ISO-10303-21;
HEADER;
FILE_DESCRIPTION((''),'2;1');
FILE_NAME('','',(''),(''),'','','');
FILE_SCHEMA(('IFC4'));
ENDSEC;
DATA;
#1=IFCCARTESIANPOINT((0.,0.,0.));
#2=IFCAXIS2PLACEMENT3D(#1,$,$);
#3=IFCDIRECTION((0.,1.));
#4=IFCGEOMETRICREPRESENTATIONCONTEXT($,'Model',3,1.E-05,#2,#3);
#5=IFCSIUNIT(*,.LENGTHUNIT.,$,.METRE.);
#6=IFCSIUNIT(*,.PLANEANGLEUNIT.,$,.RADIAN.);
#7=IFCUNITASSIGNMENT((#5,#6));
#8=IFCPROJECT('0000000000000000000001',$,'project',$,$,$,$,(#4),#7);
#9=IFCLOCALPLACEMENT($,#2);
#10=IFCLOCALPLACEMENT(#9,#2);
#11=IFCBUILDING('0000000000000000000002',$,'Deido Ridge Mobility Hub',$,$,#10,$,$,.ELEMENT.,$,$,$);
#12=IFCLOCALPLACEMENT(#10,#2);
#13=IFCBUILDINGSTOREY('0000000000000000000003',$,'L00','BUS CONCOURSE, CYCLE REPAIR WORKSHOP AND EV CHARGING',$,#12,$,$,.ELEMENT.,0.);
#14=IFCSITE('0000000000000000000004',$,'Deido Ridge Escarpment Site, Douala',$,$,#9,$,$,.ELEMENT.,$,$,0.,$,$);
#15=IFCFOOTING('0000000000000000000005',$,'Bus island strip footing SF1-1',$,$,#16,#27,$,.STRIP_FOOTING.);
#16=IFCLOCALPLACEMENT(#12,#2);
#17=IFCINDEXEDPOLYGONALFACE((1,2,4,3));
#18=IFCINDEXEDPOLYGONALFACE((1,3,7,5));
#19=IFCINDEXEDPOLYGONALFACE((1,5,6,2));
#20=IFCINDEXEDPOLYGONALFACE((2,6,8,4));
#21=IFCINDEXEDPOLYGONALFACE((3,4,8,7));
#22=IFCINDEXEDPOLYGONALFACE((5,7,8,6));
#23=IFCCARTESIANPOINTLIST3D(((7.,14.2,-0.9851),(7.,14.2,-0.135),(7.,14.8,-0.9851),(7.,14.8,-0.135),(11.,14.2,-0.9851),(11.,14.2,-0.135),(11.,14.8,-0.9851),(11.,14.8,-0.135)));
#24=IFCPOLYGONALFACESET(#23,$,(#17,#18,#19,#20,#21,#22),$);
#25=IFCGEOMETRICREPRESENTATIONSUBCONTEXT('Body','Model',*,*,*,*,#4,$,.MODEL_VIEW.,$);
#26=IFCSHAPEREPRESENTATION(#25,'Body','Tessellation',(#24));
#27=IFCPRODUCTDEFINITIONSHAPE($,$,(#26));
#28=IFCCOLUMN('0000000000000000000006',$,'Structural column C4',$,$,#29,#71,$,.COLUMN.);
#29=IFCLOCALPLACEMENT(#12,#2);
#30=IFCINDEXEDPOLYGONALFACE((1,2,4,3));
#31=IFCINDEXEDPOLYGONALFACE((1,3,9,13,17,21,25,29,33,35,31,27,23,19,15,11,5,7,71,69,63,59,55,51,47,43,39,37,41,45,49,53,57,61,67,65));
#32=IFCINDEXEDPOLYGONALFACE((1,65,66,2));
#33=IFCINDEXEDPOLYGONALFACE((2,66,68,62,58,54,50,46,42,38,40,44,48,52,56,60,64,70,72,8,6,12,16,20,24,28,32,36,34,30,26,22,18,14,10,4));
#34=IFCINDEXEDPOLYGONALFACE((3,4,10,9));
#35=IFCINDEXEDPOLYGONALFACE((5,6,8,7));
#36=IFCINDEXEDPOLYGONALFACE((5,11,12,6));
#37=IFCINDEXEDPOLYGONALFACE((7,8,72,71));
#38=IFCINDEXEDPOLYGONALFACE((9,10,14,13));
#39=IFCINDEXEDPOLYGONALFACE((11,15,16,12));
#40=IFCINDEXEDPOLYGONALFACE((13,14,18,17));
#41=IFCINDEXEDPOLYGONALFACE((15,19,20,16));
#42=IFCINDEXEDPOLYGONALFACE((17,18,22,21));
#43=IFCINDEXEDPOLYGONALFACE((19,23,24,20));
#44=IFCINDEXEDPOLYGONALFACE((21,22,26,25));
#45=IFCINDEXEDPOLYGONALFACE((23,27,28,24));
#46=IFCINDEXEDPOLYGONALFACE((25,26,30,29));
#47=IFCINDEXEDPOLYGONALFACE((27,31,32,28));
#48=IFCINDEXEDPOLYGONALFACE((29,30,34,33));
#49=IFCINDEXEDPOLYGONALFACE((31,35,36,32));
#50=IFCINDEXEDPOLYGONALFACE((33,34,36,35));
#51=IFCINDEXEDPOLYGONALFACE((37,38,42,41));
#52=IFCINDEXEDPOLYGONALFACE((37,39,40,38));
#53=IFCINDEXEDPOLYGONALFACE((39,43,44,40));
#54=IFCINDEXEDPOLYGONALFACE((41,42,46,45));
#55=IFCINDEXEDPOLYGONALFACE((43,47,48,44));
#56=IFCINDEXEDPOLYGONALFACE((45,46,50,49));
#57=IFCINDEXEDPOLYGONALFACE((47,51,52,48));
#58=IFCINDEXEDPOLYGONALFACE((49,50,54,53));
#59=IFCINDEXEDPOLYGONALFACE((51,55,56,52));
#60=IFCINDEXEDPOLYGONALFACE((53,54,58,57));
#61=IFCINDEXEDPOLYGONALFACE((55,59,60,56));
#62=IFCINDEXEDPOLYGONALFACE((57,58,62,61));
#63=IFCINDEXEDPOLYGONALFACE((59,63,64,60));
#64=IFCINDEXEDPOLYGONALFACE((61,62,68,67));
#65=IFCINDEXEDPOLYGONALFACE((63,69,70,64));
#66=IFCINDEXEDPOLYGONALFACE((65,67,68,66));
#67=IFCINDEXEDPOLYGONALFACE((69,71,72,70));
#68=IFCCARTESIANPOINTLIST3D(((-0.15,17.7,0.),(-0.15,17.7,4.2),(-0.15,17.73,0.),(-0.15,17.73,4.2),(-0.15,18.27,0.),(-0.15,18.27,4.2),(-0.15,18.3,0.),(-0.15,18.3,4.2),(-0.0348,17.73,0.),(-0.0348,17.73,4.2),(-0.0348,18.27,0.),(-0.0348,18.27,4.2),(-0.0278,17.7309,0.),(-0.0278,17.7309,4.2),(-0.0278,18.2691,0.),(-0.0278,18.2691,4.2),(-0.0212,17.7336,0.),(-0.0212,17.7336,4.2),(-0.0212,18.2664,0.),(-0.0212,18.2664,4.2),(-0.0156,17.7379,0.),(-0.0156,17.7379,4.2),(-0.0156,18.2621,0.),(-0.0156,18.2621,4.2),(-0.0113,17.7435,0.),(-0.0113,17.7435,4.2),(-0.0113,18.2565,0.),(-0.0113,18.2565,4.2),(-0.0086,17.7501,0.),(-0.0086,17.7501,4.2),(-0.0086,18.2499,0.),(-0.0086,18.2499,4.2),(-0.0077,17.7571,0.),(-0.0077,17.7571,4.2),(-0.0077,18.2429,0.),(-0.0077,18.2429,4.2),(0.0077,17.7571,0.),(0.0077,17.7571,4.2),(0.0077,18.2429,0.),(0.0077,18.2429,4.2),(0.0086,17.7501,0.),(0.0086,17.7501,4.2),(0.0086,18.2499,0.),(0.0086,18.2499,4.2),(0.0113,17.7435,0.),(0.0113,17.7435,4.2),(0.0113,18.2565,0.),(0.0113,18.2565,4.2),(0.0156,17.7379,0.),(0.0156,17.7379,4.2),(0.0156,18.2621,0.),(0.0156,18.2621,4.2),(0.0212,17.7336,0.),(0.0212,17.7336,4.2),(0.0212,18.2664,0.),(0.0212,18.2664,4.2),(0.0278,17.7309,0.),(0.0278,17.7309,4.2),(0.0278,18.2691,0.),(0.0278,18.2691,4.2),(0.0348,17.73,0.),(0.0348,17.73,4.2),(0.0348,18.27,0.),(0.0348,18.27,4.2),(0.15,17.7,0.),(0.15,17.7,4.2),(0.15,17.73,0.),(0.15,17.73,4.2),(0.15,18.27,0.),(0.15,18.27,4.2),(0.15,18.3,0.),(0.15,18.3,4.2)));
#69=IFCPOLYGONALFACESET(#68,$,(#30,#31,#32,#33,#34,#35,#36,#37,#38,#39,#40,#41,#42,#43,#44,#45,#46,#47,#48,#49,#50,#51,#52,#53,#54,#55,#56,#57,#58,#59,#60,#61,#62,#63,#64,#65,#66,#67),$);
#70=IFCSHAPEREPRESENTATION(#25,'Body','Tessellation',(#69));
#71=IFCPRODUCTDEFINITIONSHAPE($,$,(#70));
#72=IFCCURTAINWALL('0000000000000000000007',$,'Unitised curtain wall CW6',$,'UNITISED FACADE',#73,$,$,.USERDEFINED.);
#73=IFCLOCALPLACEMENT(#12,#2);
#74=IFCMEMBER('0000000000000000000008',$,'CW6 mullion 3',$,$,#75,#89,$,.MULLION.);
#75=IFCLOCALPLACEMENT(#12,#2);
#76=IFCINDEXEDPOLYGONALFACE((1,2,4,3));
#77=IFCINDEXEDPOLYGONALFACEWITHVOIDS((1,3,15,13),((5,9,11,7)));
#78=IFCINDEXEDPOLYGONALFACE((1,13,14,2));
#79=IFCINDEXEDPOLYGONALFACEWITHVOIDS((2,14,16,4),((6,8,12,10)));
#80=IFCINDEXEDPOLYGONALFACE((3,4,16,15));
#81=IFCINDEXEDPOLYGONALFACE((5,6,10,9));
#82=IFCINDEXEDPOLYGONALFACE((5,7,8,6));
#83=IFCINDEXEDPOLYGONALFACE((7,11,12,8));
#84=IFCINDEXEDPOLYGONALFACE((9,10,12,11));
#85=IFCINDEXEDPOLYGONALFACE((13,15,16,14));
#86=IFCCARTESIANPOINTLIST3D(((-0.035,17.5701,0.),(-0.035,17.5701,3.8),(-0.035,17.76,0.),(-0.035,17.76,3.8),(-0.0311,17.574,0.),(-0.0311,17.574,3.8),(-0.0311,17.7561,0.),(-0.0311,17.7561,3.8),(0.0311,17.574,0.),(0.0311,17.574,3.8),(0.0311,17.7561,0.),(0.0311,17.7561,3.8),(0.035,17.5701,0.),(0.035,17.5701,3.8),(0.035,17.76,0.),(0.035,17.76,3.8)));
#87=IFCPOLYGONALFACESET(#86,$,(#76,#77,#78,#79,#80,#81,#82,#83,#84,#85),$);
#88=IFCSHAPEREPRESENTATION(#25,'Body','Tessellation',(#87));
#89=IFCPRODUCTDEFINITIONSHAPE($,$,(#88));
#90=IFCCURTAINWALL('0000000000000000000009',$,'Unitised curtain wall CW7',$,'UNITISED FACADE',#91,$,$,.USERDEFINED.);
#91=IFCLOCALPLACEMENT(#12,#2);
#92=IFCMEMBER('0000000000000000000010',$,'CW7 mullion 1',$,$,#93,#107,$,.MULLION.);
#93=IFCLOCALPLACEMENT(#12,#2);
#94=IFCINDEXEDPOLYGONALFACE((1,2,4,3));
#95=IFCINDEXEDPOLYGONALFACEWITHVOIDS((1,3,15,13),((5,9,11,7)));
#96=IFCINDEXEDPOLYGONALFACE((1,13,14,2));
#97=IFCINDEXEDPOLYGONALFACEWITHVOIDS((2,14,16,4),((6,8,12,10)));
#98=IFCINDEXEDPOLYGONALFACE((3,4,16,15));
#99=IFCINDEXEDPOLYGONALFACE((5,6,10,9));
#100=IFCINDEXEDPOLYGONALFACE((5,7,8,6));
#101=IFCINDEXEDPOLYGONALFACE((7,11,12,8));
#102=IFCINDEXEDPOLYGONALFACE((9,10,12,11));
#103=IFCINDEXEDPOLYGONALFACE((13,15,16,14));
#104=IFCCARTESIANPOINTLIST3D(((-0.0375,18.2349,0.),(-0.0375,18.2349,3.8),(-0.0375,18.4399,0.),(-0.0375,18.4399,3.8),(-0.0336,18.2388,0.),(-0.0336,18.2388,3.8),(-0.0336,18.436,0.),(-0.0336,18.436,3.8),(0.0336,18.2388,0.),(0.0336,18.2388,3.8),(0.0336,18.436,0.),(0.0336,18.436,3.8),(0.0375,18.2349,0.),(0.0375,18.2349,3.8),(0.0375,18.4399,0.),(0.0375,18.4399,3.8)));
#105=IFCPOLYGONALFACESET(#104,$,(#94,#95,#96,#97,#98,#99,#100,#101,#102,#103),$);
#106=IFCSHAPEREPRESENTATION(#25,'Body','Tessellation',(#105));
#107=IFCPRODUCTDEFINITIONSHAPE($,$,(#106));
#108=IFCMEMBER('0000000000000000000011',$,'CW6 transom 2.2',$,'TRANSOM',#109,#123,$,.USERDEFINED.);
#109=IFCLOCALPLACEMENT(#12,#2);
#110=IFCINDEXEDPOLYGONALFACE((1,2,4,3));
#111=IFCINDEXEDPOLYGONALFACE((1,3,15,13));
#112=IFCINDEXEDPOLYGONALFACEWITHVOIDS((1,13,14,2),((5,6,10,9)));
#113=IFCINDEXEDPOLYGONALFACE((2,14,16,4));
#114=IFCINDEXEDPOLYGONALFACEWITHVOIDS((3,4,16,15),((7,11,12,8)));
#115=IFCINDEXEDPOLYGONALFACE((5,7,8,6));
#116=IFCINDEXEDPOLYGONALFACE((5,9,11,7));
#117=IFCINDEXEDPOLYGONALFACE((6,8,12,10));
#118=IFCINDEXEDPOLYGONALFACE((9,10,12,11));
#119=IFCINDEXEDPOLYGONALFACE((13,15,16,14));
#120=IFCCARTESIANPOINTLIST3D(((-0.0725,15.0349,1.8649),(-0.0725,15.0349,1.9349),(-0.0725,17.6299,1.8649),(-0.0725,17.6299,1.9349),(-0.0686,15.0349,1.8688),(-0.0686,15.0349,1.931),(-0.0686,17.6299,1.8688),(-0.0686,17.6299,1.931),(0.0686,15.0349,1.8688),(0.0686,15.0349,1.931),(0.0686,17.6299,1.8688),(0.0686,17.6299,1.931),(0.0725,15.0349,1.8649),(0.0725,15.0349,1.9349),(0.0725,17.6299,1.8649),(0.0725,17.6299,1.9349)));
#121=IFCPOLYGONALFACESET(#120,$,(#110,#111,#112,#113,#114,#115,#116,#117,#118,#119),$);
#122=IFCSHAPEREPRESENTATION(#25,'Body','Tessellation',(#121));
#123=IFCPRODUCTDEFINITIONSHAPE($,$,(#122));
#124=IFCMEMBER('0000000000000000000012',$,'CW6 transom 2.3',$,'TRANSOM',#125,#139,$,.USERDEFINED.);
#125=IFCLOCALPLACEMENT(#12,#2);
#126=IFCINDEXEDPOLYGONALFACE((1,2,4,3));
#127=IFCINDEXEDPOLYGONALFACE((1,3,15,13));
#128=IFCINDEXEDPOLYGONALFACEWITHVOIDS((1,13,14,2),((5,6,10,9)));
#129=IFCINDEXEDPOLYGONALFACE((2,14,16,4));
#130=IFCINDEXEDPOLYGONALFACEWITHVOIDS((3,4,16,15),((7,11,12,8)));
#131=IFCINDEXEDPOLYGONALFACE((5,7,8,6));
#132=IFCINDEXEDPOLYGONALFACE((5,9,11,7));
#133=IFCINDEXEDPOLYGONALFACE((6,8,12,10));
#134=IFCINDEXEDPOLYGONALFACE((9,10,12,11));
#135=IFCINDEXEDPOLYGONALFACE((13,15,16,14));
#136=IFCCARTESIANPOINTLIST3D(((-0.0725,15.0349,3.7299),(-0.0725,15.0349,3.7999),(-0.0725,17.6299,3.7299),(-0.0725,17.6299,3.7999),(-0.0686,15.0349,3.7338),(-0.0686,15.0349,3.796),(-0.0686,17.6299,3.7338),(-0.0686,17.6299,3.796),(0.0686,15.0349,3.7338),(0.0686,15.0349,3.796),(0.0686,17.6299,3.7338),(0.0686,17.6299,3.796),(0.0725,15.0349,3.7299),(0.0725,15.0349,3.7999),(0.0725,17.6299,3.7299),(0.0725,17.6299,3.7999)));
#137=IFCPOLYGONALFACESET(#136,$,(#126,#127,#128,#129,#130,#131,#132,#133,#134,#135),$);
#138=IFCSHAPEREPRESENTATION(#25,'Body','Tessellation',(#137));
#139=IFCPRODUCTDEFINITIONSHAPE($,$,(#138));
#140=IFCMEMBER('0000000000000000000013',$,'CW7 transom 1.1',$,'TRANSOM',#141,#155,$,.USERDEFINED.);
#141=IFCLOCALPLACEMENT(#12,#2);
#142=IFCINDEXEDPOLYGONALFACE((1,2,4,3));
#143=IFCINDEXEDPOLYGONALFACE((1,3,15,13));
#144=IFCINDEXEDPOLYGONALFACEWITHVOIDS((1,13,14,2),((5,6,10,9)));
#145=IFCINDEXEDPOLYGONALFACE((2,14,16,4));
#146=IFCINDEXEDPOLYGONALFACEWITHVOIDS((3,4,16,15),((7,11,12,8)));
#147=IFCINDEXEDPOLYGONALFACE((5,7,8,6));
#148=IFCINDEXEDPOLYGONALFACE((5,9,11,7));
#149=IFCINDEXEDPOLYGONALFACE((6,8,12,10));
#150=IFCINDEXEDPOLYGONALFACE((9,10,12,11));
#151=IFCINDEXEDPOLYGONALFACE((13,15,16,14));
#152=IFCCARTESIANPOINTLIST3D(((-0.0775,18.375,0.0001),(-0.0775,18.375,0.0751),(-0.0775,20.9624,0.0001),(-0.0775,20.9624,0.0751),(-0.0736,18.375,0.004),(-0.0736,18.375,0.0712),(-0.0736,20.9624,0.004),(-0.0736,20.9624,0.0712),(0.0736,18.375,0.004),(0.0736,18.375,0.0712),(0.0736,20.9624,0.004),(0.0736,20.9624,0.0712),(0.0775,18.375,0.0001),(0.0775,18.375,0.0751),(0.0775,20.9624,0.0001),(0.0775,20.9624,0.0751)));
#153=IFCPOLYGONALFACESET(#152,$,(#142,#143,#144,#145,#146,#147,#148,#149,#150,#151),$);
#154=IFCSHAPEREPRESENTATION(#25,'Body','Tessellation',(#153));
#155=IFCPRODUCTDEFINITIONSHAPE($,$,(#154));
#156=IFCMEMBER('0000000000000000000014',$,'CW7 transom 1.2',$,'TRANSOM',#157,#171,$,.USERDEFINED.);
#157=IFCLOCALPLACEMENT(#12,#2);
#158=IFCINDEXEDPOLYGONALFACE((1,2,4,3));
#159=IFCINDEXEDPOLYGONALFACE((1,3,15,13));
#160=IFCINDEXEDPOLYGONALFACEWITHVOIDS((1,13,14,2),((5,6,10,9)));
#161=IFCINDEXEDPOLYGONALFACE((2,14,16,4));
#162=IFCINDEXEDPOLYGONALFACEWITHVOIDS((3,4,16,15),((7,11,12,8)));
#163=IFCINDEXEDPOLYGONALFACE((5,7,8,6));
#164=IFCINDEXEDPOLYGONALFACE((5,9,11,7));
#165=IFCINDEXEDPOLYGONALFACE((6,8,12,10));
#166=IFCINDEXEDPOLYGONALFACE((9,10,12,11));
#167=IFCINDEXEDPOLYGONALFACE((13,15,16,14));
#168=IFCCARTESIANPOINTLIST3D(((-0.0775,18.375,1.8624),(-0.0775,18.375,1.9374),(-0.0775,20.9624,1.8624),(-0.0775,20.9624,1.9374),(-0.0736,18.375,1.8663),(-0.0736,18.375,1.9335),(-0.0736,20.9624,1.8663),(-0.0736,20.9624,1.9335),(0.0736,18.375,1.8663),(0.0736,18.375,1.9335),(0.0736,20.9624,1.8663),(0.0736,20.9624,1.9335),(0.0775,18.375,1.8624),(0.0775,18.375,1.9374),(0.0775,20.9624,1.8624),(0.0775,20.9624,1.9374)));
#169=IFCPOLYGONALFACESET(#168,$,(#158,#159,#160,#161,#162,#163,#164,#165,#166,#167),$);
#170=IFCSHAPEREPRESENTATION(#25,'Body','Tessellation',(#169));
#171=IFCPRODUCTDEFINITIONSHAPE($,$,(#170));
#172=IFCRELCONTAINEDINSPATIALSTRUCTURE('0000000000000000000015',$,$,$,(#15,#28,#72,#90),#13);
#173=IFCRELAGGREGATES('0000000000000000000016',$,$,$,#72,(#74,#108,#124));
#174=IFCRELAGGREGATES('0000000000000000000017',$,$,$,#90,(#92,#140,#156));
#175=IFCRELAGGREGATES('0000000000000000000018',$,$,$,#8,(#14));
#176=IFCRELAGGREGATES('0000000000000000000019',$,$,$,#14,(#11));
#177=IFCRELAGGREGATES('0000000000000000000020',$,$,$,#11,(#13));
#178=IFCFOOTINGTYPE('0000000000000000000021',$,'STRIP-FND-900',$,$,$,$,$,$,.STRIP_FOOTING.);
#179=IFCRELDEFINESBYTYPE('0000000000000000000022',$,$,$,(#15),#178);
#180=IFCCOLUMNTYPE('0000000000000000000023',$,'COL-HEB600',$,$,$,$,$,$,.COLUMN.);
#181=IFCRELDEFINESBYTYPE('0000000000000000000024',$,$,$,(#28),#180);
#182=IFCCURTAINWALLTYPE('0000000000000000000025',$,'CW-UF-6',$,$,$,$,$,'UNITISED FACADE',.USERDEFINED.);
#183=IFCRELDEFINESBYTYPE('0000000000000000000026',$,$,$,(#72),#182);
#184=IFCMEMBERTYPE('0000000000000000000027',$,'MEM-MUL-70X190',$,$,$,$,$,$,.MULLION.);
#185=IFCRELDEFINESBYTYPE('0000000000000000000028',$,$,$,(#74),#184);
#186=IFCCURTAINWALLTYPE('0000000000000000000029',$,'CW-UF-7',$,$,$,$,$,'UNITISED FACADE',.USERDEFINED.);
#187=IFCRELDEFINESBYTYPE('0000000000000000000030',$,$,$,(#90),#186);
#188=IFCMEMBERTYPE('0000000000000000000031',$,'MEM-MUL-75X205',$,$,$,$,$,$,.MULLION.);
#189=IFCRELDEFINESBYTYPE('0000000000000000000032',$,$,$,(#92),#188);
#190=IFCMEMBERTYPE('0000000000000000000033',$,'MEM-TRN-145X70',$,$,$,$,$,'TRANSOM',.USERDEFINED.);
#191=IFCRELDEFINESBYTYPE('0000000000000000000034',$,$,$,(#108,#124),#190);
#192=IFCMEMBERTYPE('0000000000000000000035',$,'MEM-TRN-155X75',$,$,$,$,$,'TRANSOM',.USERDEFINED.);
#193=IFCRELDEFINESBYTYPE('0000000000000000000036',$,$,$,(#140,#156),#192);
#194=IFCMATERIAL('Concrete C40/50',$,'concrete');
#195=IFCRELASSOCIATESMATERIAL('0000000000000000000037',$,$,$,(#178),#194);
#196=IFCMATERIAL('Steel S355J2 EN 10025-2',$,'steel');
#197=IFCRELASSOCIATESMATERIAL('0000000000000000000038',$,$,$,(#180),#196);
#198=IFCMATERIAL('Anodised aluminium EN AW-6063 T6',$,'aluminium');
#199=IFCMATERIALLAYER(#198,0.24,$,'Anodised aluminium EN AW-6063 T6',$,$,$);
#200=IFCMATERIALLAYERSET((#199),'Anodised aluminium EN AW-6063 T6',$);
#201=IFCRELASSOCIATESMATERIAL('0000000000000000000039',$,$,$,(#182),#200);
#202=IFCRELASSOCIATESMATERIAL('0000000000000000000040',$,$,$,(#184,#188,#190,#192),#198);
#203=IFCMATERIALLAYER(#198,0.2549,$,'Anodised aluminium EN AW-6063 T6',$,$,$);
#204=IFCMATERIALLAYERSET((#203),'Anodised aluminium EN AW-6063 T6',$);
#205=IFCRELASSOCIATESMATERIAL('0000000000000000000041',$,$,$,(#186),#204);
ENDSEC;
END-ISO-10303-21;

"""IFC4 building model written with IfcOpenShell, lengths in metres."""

from ifc_helpers import new_model, si_unit, direction, frame, origin, origin_2d, place, context, subcontext, project, spatial, rectangle, hollow_rectangle, i_section, extrude, material, layer, layer_set, material_profile, profile_set, type_object, element, aggregate, save


model = new_model("IFC4")

# Units and contexts
model_context = context("Model", 3, precision=1e-05, world=origin(), true_north=direction((0.0, 1.0)))
body_context = subcontext(model_context, "Body", "Model", "MODEL_VIEW")
ifc_project = project(units=[si_unit("LENGTHUNIT", "METRE"), si_unit("PLANEANGLEUNIT", "RADIAN")], contexts=[model_context])

# Site, building, storey
site_placement = place(None, origin())
site = spatial("IfcSite", under=ifc_project, at=site_placement, Name="Deido Ridge Escarpment Site, Douala", CompositionType="ELEMENT", RefElevation=0.0)
building_placement = place(site_placement, origin())
building = spatial("IfcBuilding", under=site, at=building_placement, Name="Deido Ridge Mobility Hub", CompositionType="ELEMENT")
storey_placement = place(building_placement, origin())
storey = spatial("IfcBuildingStorey", under=building, at=storey_placement, Name="L00", Description="BUS CONCOURSE, CYCLE REPAIR WORKSHOP AND EV CHARGING", CompositionType="ELEMENT", Elevation=0.0)

# Footing
ifc_material_1 = material(Name="Concrete C40/50", Category="concrete")
ifc_material_profile_1 = material_profile(ifc_material_1, rectangle(XDim=0.6001, YDim=0.8501, at=origin_2d()), Name="RC GB 600x850")
ifc_profile_set_1 = profile_set([ifc_material_profile_1], Name="Concrete C40/50")
footing_type = type_object("IfcFootingType", Name="STRIP-FND-900", PredefinedType="STRIP_FOOTING", material=ifc_profile_set_1)
footing_placement = place(storey_placement, frame((7.0, 14.5, -0.5601), z_axis=(1.0, 0.0, 0.0), x_axis=(0.0, 1.0, 0.0)))
element("IfcFooting", 1, at=footing_placement, inside=storey, type_object=footing_type, Name="Bus island strip footing SF1-1", PredefinedType="STRIP_FOOTING", context=body_context, shape_type="SweptSolid", body=[
    extrude(rectangle(XDim=0.6001, YDim=0.8501, at=origin_2d()), origin(), (0.0, 0.0, 1.0), 4.0),
])

# Column
ifc_material_2 = material(Name="Steel S355J2 EN 10025-2", Category="steel")
ifc_material_profile_2 = material_profile(ifc_material_2, i_section(OverallWidth=0.3, OverallDepth=0.6001, WebThickness=0.0154, FlangeThickness=0.03, FilletRadius=0.0271, at=origin_2d()), Name="HEB 600")
ifc_profile_set_2 = profile_set([ifc_material_profile_2], Name="Steel S355J2 EN 10025-2")
column_type = type_object("IfcColumnType", Name="COL-HEB600", PredefinedType="COLUMN", material=ifc_profile_set_2)
column_placement = place(storey_placement, frame((0.0, 18.0, 0.0), z_axis=(0.0, 0.0, 1.0), x_axis=(1.0, 0.0, 0.0)))
element("IfcColumn", 2, at=column_placement, inside=storey, type_object=column_type, Name="Structural column C4", PredefinedType="COLUMN", context=body_context, shape_type="SweptSolid", body=[
    extrude(i_section(OverallWidth=0.3, OverallDepth=0.6001, WebThickness=0.0154, FlangeThickness=0.03, FilletRadius=0.0271, at=origin_2d()), origin(), (0.0, 0.0, 1.0), 4.2),
])

# Curtain walls, members
ifc_material_3 = material(Name="Anodised aluminium EN AW-6063 T6", Category="aluminium")
ifc_layer_1 = layer(ifc_material_3, 0.24, Name="Anodised aluminium EN AW-6063 T6")
ifc_layer_set_1 = layer_set([ifc_layer_1], Name="Anodised aluminium EN AW-6063 T6")
curtain_wall_type_1 = type_object("IfcCurtainWallType", Name="CW-UF-6", ElementType="UNITISED FACADE", PredefinedType="USERDEFINED", material=ifc_layer_set_1)
curtain_wall_1_placement = place(storey_placement, origin())
curtain_wall_1 = element("IfcCurtainWall", 3, at=curtain_wall_1_placement, inside=storey, type_object=curtain_wall_type_1, Name="Unitised curtain wall CW6", ObjectType="UNITISED FACADE", PredefinedType="USERDEFINED")
ifc_material_profile_3 = material_profile(ifc_material_3, hollow_rectangle(XDim=0.0701, YDim=0.1899, WallThickness=0.0039, at=origin_2d()), Name="RHS 70x190x4")
ifc_profile_set_3 = profile_set([ifc_material_profile_3], Name="Anodised aluminium EN AW-6063 T6")
member_type_1 = type_object("IfcMemberType", Name="MEM-MUL-70X190", PredefinedType="MULLION", material=ifc_profile_set_3)
member_1_placement = place(storey_placement, frame((0.0, 17.665, 0.0), z_axis=(0.0, 0.0, 1.0), x_axis=(-1.0, 0.0, 0.0)))
member_1 = element("IfcMember", 4, at=member_1_placement, type_object=member_type_1, Name="CW6 mullion 3", PredefinedType="MULLION", context=body_context, shape_type="SweptSolid", body=[
    extrude(hollow_rectangle(XDim=0.0701, YDim=0.1899, WallThickness=0.0039, at=origin_2d()), origin(), (0.0, 0.0, 1.0), 3.8),
])
ifc_layer_2 = layer(ifc_material_3, 0.2549, Name="Anodised aluminium EN AW-6063 T6")
ifc_layer_set_2 = layer_set([ifc_layer_2], Name="Anodised aluminium EN AW-6063 T6")
curtain_wall_type_2 = type_object("IfcCurtainWallType", Name="CW-UF-7", ElementType="UNITISED FACADE", PredefinedType="USERDEFINED", material=ifc_layer_set_2)
curtain_wall_2_placement = place(storey_placement, origin())
curtain_wall_2 = element("IfcCurtainWall", 5, at=curtain_wall_2_placement, inside=storey, type_object=curtain_wall_type_2, Name="Unitised curtain wall CW7", ObjectType="UNITISED FACADE", PredefinedType="USERDEFINED")
ifc_material_profile_4 = material_profile(ifc_material_3, hollow_rectangle(XDim=0.075, YDim=0.2051, WallThickness=0.0039, at=origin_2d()), Name="RHS 75x205x4")
ifc_profile_set_4 = profile_set([ifc_material_profile_4], Name="Anodised aluminium EN AW-6063 T6")
member_type_2 = type_object("IfcMemberType", Name="MEM-MUL-75X205", PredefinedType="MULLION", material=ifc_profile_set_4)
member_2_placement = place(storey_placement, frame((0.0, 18.3374, 0.0), z_axis=(0.0, 0.0, 1.0), x_axis=(-1.0, 0.0, 0.0)))
member_2 = element("IfcMember", 6, at=member_2_placement, type_object=member_type_2, Name="CW7 mullion 1", PredefinedType="MULLION", context=body_context, shape_type="SweptSolid", body=[
    extrude(hollow_rectangle(XDim=0.075, YDim=0.2051, WallThickness=0.0039, at=origin_2d()), origin(), (0.0, 0.0, 1.0), 3.8),
])

# Members
ifc_material_profile_5 = material_profile(ifc_material_3, hollow_rectangle(XDim=0.145, YDim=0.0701, WallThickness=0.0039, at=origin_2d()), Name="RHS 145x70x4")
ifc_profile_set_5 = profile_set([ifc_material_profile_5], Name="Anodised aluminium EN AW-6063 T6")
member_type_3 = type_object("IfcMemberType", Name="MEM-TRN-145X70", ElementType="TRANSOM", PredefinedType="USERDEFINED", material=ifc_profile_set_5)
member_3_placement = place(storey_placement, frame((0.0, 15.0349, 1.8999), z_axis=(0.0, 1.0, 0.0), x_axis=(-1.0, 0.0, 0.0)))
member_3 = element("IfcMember", 7, at=member_3_placement, type_object=member_type_3, Name="CW6 transom 2.2", ObjectType="TRANSOM", PredefinedType="USERDEFINED", context=body_context, shape_type="SweptSolid", body=[
    extrude(hollow_rectangle(XDim=0.145, YDim=0.0701, WallThickness=0.0039, at=origin_2d()), origin(), (0.0, 0.0, 1.0), 2.595),
])
member_4_placement = place(storey_placement, frame((0.0, 15.0349, 3.7649), z_axis=(0.0, 1.0, 0.0), x_axis=(-1.0, 0.0, 0.0)))
member_4 = element("IfcMember", 8, at=member_4_placement, type_object=member_type_3, Name="CW6 transom 2.3", ObjectType="TRANSOM", PredefinedType="USERDEFINED", context=body_context, shape_type="SweptSolid", body=[
    extrude(hollow_rectangle(XDim=0.145, YDim=0.0701, WallThickness=0.0039, at=origin_2d()), origin(), (0.0, 0.0, 1.0), 2.595),
])
ifc_material_profile_6 = material_profile(ifc_material_3, hollow_rectangle(XDim=0.155, YDim=0.075, WallThickness=0.0039, at=origin_2d()), Name="RHS 155x75x4")
ifc_profile_set_6 = profile_set([ifc_material_profile_6], Name="Anodised aluminium EN AW-6063 T6")
member_type_4 = type_object("IfcMemberType", Name="MEM-TRN-155X75", ElementType="TRANSOM", PredefinedType="USERDEFINED", material=ifc_profile_set_6)
member_5_placement = place(storey_placement, frame((0.0, 18.375, 0.0376), z_axis=(0.0, 1.0, 0.0), x_axis=(-1.0, 0.0, 0.0)))
member_5 = element("IfcMember", 9, at=member_5_placement, type_object=member_type_4, Name="CW7 transom 1.1", ObjectType="TRANSOM", PredefinedType="USERDEFINED", context=body_context, shape_type="SweptSolid", body=[
    extrude(hollow_rectangle(XDim=0.155, YDim=0.075, WallThickness=0.0039, at=origin_2d()), origin(), (0.0, 0.0, 1.0), 2.5874),
])
member_6_placement = place(storey_placement, frame((0.0, 18.375, 1.8999), z_axis=(0.0, 1.0, 0.0), x_axis=(-1.0, 0.0, 0.0)))
member_6 = element("IfcMember", 10, at=member_6_placement, type_object=member_type_4, Name="CW7 transom 1.2", ObjectType="TRANSOM", PredefinedType="USERDEFINED", context=body_context, shape_type="SweptSolid", body=[
    extrude(hollow_rectangle(XDim=0.155, YDim=0.075, WallThickness=0.0039, at=origin_2d()), origin(), (0.0, 0.0, 1.0), 2.5874),
])

aggregate(curtain_wall_1, [member_1, member_3, member_4])
aggregate(curtain_wall_2, [member_2, member_5, member_6])

save(model, "model.ifc")
